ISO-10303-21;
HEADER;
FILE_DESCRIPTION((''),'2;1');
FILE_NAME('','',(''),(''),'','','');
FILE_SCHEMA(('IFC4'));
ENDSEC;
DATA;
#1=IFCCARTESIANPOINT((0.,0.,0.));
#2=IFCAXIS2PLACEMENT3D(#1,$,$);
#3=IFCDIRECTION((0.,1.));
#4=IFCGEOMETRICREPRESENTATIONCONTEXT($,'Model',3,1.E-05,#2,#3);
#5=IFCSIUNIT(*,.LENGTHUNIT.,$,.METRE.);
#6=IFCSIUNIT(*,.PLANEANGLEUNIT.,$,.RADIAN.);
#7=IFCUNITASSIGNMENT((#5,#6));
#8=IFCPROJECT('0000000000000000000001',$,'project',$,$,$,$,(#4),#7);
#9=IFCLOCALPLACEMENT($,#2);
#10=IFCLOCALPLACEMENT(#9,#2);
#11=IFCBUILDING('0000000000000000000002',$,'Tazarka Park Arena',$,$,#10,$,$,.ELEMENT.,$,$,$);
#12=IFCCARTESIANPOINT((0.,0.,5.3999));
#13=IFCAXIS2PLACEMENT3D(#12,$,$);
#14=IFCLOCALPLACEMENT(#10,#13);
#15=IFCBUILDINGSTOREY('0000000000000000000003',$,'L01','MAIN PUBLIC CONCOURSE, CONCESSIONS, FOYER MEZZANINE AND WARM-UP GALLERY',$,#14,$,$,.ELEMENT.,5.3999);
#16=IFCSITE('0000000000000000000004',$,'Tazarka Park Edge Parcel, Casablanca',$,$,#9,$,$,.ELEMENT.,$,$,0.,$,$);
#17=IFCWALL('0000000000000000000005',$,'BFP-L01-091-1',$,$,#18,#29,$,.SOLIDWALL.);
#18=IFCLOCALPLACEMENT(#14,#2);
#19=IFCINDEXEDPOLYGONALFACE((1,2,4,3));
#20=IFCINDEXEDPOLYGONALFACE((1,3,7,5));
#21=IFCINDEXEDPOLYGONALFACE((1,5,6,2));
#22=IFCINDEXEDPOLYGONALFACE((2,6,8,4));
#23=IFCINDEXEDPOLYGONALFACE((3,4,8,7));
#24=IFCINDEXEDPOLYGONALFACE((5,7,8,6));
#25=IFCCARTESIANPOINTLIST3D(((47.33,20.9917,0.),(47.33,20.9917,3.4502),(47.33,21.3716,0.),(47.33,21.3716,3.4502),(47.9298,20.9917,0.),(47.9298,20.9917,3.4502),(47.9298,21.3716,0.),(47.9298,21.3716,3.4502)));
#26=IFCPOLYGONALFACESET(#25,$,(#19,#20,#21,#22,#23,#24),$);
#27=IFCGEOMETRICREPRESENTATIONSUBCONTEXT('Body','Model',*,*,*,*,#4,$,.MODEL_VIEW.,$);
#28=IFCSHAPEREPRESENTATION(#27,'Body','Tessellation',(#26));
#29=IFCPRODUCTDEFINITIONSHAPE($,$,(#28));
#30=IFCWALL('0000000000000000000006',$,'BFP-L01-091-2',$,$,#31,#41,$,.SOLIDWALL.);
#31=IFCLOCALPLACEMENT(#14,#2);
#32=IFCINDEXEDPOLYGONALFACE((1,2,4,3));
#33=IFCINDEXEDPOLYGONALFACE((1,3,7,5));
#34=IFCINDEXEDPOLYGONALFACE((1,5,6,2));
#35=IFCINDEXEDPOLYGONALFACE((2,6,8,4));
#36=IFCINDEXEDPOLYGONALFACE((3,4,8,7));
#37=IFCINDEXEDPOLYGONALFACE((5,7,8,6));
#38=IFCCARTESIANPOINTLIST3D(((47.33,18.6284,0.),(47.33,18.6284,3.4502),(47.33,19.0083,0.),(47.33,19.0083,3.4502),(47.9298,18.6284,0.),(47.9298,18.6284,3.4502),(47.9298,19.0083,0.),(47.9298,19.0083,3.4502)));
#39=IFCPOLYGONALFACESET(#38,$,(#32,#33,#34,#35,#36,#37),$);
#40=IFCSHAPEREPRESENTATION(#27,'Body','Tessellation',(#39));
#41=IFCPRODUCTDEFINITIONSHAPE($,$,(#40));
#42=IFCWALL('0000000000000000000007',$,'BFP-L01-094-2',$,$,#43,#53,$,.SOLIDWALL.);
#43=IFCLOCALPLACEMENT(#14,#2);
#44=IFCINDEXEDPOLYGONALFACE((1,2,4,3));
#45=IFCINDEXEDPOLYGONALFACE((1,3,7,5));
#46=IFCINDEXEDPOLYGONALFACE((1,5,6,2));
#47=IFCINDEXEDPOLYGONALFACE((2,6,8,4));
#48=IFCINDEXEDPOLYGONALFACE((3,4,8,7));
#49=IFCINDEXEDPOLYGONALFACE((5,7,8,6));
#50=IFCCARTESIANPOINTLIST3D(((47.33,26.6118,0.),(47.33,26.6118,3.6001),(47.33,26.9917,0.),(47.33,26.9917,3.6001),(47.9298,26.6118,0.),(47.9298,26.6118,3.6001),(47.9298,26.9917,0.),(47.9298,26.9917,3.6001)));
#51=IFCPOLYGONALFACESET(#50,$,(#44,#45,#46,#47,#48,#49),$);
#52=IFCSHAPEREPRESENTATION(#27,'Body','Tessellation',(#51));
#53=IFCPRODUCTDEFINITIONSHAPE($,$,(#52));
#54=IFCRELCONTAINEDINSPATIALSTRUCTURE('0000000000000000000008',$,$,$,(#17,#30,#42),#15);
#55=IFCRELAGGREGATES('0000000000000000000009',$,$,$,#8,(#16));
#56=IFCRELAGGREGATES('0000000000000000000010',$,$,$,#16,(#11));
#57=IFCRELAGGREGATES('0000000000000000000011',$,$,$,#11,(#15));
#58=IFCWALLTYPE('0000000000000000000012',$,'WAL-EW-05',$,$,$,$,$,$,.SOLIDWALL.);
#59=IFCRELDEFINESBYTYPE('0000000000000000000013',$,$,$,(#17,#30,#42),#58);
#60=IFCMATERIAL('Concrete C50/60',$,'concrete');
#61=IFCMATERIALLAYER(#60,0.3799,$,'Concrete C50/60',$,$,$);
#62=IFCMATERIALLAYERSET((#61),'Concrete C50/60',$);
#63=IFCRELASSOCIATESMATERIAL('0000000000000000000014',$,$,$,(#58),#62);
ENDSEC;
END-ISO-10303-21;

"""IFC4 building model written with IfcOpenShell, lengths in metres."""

from ifc_helpers import new_model, si_unit, direction, frame, frame_2d, origin, place, context, subcontext, project, spatial, rectangle, extrude, material, layer, layer_set, type_object, element, save


model = new_model("IFC4")

# Units and contexts
model_context = context("Model", 3, precision=1e-05, world=origin(), true_north=direction((0.0, 1.0)))
body_context = subcontext(model_context, "Body", "Model", "MODEL_VIEW")
ifc_project = project(units=[si_unit("LENGTHUNIT", "METRE"), si_unit("PLANEANGLEUNIT", "RADIAN")], contexts=[model_context])

# Site, building, storey
site_placement = place(None, origin())
site = spatial("IfcSite", under=ifc_project, at=site_placement, Name="Tazarka Park Edge Parcel, Casablanca", CompositionType="ELEMENT", RefElevation=0.0)
building_placement = place(site_placement, origin())
building = spatial("IfcBuilding", under=site, at=building_placement, Name="Tazarka Park Arena", CompositionType="ELEMENT")
storey_placement = place(building_placement, frame((0.0, 0.0, 5.3999)))
storey = spatial("IfcBuildingStorey", under=building, at=storey_placement, Name="L01", Description="MAIN PUBLIC CONCOURSE, CONCESSIONS, FOYER MEZZANINE AND WARM-UP GALLERY", CompositionType="ELEMENT", Elevation=5.3999)

# Walls
ifc_material_1 = material(Name="Concrete C50/60", Category="concrete")
ifc_layer_1 = layer(ifc_material_1, 0.3799, Name="Concrete C50/60")
ifc_layer_set_1 = layer_set([ifc_layer_1], Name="Concrete C50/60")
wall_type = type_object("IfcWallType", Name="WAL-EW-05", PredefinedType="SOLIDWALL", material=ifc_layer_set_1)
for number, where, z_axis, x_axis, name in (
    (1, (47.3301, 21.1816, 0.0), (0.0, 0.0, 1.0), (1.0, 0.0, 0.0), "BFP-L01-091-1"),
    (2, (47.3301, 18.8184, 0.0), (0.0, 0.0, 1.0), (1.0, 0.0, 0.0), "BFP-L01-091-2"),
):
    element("IfcWall", number, at=place(storey_placement, frame(where, z_axis=z_axis, x_axis=x_axis)), inside=storey, type_object=wall_type, Name=name, PredefinedType="SOLIDWALL", context=body_context, shape_type="SweptSolid", body=[
        extrude(rectangle(XDim=0.5999, YDim=0.3799, at=frame_2d((0.2998, 0.0))), origin(), (0.0, 0.0, 1.0), 3.4502),
    ])
wall_placement = place(storey_placement, frame((47.3301, 26.8018, 0.0), z_axis=(0.0, 0.0, 1.0), x_axis=(1.0, 0.0, 0.0)))
element("IfcWall", 3, at=wall_placement, inside=storey, type_object=wall_type, Name="BFP-L01-094-2", PredefinedType="SOLIDWALL", context=body_context, shape_type="SweptSolid", body=[
    extrude(rectangle(XDim=0.5999, YDim=0.3799, at=frame_2d((0.2998, 0.0))), origin(), (0.0, 0.0, 1.0), 3.6001),
])

save(model, "model.ifc")
